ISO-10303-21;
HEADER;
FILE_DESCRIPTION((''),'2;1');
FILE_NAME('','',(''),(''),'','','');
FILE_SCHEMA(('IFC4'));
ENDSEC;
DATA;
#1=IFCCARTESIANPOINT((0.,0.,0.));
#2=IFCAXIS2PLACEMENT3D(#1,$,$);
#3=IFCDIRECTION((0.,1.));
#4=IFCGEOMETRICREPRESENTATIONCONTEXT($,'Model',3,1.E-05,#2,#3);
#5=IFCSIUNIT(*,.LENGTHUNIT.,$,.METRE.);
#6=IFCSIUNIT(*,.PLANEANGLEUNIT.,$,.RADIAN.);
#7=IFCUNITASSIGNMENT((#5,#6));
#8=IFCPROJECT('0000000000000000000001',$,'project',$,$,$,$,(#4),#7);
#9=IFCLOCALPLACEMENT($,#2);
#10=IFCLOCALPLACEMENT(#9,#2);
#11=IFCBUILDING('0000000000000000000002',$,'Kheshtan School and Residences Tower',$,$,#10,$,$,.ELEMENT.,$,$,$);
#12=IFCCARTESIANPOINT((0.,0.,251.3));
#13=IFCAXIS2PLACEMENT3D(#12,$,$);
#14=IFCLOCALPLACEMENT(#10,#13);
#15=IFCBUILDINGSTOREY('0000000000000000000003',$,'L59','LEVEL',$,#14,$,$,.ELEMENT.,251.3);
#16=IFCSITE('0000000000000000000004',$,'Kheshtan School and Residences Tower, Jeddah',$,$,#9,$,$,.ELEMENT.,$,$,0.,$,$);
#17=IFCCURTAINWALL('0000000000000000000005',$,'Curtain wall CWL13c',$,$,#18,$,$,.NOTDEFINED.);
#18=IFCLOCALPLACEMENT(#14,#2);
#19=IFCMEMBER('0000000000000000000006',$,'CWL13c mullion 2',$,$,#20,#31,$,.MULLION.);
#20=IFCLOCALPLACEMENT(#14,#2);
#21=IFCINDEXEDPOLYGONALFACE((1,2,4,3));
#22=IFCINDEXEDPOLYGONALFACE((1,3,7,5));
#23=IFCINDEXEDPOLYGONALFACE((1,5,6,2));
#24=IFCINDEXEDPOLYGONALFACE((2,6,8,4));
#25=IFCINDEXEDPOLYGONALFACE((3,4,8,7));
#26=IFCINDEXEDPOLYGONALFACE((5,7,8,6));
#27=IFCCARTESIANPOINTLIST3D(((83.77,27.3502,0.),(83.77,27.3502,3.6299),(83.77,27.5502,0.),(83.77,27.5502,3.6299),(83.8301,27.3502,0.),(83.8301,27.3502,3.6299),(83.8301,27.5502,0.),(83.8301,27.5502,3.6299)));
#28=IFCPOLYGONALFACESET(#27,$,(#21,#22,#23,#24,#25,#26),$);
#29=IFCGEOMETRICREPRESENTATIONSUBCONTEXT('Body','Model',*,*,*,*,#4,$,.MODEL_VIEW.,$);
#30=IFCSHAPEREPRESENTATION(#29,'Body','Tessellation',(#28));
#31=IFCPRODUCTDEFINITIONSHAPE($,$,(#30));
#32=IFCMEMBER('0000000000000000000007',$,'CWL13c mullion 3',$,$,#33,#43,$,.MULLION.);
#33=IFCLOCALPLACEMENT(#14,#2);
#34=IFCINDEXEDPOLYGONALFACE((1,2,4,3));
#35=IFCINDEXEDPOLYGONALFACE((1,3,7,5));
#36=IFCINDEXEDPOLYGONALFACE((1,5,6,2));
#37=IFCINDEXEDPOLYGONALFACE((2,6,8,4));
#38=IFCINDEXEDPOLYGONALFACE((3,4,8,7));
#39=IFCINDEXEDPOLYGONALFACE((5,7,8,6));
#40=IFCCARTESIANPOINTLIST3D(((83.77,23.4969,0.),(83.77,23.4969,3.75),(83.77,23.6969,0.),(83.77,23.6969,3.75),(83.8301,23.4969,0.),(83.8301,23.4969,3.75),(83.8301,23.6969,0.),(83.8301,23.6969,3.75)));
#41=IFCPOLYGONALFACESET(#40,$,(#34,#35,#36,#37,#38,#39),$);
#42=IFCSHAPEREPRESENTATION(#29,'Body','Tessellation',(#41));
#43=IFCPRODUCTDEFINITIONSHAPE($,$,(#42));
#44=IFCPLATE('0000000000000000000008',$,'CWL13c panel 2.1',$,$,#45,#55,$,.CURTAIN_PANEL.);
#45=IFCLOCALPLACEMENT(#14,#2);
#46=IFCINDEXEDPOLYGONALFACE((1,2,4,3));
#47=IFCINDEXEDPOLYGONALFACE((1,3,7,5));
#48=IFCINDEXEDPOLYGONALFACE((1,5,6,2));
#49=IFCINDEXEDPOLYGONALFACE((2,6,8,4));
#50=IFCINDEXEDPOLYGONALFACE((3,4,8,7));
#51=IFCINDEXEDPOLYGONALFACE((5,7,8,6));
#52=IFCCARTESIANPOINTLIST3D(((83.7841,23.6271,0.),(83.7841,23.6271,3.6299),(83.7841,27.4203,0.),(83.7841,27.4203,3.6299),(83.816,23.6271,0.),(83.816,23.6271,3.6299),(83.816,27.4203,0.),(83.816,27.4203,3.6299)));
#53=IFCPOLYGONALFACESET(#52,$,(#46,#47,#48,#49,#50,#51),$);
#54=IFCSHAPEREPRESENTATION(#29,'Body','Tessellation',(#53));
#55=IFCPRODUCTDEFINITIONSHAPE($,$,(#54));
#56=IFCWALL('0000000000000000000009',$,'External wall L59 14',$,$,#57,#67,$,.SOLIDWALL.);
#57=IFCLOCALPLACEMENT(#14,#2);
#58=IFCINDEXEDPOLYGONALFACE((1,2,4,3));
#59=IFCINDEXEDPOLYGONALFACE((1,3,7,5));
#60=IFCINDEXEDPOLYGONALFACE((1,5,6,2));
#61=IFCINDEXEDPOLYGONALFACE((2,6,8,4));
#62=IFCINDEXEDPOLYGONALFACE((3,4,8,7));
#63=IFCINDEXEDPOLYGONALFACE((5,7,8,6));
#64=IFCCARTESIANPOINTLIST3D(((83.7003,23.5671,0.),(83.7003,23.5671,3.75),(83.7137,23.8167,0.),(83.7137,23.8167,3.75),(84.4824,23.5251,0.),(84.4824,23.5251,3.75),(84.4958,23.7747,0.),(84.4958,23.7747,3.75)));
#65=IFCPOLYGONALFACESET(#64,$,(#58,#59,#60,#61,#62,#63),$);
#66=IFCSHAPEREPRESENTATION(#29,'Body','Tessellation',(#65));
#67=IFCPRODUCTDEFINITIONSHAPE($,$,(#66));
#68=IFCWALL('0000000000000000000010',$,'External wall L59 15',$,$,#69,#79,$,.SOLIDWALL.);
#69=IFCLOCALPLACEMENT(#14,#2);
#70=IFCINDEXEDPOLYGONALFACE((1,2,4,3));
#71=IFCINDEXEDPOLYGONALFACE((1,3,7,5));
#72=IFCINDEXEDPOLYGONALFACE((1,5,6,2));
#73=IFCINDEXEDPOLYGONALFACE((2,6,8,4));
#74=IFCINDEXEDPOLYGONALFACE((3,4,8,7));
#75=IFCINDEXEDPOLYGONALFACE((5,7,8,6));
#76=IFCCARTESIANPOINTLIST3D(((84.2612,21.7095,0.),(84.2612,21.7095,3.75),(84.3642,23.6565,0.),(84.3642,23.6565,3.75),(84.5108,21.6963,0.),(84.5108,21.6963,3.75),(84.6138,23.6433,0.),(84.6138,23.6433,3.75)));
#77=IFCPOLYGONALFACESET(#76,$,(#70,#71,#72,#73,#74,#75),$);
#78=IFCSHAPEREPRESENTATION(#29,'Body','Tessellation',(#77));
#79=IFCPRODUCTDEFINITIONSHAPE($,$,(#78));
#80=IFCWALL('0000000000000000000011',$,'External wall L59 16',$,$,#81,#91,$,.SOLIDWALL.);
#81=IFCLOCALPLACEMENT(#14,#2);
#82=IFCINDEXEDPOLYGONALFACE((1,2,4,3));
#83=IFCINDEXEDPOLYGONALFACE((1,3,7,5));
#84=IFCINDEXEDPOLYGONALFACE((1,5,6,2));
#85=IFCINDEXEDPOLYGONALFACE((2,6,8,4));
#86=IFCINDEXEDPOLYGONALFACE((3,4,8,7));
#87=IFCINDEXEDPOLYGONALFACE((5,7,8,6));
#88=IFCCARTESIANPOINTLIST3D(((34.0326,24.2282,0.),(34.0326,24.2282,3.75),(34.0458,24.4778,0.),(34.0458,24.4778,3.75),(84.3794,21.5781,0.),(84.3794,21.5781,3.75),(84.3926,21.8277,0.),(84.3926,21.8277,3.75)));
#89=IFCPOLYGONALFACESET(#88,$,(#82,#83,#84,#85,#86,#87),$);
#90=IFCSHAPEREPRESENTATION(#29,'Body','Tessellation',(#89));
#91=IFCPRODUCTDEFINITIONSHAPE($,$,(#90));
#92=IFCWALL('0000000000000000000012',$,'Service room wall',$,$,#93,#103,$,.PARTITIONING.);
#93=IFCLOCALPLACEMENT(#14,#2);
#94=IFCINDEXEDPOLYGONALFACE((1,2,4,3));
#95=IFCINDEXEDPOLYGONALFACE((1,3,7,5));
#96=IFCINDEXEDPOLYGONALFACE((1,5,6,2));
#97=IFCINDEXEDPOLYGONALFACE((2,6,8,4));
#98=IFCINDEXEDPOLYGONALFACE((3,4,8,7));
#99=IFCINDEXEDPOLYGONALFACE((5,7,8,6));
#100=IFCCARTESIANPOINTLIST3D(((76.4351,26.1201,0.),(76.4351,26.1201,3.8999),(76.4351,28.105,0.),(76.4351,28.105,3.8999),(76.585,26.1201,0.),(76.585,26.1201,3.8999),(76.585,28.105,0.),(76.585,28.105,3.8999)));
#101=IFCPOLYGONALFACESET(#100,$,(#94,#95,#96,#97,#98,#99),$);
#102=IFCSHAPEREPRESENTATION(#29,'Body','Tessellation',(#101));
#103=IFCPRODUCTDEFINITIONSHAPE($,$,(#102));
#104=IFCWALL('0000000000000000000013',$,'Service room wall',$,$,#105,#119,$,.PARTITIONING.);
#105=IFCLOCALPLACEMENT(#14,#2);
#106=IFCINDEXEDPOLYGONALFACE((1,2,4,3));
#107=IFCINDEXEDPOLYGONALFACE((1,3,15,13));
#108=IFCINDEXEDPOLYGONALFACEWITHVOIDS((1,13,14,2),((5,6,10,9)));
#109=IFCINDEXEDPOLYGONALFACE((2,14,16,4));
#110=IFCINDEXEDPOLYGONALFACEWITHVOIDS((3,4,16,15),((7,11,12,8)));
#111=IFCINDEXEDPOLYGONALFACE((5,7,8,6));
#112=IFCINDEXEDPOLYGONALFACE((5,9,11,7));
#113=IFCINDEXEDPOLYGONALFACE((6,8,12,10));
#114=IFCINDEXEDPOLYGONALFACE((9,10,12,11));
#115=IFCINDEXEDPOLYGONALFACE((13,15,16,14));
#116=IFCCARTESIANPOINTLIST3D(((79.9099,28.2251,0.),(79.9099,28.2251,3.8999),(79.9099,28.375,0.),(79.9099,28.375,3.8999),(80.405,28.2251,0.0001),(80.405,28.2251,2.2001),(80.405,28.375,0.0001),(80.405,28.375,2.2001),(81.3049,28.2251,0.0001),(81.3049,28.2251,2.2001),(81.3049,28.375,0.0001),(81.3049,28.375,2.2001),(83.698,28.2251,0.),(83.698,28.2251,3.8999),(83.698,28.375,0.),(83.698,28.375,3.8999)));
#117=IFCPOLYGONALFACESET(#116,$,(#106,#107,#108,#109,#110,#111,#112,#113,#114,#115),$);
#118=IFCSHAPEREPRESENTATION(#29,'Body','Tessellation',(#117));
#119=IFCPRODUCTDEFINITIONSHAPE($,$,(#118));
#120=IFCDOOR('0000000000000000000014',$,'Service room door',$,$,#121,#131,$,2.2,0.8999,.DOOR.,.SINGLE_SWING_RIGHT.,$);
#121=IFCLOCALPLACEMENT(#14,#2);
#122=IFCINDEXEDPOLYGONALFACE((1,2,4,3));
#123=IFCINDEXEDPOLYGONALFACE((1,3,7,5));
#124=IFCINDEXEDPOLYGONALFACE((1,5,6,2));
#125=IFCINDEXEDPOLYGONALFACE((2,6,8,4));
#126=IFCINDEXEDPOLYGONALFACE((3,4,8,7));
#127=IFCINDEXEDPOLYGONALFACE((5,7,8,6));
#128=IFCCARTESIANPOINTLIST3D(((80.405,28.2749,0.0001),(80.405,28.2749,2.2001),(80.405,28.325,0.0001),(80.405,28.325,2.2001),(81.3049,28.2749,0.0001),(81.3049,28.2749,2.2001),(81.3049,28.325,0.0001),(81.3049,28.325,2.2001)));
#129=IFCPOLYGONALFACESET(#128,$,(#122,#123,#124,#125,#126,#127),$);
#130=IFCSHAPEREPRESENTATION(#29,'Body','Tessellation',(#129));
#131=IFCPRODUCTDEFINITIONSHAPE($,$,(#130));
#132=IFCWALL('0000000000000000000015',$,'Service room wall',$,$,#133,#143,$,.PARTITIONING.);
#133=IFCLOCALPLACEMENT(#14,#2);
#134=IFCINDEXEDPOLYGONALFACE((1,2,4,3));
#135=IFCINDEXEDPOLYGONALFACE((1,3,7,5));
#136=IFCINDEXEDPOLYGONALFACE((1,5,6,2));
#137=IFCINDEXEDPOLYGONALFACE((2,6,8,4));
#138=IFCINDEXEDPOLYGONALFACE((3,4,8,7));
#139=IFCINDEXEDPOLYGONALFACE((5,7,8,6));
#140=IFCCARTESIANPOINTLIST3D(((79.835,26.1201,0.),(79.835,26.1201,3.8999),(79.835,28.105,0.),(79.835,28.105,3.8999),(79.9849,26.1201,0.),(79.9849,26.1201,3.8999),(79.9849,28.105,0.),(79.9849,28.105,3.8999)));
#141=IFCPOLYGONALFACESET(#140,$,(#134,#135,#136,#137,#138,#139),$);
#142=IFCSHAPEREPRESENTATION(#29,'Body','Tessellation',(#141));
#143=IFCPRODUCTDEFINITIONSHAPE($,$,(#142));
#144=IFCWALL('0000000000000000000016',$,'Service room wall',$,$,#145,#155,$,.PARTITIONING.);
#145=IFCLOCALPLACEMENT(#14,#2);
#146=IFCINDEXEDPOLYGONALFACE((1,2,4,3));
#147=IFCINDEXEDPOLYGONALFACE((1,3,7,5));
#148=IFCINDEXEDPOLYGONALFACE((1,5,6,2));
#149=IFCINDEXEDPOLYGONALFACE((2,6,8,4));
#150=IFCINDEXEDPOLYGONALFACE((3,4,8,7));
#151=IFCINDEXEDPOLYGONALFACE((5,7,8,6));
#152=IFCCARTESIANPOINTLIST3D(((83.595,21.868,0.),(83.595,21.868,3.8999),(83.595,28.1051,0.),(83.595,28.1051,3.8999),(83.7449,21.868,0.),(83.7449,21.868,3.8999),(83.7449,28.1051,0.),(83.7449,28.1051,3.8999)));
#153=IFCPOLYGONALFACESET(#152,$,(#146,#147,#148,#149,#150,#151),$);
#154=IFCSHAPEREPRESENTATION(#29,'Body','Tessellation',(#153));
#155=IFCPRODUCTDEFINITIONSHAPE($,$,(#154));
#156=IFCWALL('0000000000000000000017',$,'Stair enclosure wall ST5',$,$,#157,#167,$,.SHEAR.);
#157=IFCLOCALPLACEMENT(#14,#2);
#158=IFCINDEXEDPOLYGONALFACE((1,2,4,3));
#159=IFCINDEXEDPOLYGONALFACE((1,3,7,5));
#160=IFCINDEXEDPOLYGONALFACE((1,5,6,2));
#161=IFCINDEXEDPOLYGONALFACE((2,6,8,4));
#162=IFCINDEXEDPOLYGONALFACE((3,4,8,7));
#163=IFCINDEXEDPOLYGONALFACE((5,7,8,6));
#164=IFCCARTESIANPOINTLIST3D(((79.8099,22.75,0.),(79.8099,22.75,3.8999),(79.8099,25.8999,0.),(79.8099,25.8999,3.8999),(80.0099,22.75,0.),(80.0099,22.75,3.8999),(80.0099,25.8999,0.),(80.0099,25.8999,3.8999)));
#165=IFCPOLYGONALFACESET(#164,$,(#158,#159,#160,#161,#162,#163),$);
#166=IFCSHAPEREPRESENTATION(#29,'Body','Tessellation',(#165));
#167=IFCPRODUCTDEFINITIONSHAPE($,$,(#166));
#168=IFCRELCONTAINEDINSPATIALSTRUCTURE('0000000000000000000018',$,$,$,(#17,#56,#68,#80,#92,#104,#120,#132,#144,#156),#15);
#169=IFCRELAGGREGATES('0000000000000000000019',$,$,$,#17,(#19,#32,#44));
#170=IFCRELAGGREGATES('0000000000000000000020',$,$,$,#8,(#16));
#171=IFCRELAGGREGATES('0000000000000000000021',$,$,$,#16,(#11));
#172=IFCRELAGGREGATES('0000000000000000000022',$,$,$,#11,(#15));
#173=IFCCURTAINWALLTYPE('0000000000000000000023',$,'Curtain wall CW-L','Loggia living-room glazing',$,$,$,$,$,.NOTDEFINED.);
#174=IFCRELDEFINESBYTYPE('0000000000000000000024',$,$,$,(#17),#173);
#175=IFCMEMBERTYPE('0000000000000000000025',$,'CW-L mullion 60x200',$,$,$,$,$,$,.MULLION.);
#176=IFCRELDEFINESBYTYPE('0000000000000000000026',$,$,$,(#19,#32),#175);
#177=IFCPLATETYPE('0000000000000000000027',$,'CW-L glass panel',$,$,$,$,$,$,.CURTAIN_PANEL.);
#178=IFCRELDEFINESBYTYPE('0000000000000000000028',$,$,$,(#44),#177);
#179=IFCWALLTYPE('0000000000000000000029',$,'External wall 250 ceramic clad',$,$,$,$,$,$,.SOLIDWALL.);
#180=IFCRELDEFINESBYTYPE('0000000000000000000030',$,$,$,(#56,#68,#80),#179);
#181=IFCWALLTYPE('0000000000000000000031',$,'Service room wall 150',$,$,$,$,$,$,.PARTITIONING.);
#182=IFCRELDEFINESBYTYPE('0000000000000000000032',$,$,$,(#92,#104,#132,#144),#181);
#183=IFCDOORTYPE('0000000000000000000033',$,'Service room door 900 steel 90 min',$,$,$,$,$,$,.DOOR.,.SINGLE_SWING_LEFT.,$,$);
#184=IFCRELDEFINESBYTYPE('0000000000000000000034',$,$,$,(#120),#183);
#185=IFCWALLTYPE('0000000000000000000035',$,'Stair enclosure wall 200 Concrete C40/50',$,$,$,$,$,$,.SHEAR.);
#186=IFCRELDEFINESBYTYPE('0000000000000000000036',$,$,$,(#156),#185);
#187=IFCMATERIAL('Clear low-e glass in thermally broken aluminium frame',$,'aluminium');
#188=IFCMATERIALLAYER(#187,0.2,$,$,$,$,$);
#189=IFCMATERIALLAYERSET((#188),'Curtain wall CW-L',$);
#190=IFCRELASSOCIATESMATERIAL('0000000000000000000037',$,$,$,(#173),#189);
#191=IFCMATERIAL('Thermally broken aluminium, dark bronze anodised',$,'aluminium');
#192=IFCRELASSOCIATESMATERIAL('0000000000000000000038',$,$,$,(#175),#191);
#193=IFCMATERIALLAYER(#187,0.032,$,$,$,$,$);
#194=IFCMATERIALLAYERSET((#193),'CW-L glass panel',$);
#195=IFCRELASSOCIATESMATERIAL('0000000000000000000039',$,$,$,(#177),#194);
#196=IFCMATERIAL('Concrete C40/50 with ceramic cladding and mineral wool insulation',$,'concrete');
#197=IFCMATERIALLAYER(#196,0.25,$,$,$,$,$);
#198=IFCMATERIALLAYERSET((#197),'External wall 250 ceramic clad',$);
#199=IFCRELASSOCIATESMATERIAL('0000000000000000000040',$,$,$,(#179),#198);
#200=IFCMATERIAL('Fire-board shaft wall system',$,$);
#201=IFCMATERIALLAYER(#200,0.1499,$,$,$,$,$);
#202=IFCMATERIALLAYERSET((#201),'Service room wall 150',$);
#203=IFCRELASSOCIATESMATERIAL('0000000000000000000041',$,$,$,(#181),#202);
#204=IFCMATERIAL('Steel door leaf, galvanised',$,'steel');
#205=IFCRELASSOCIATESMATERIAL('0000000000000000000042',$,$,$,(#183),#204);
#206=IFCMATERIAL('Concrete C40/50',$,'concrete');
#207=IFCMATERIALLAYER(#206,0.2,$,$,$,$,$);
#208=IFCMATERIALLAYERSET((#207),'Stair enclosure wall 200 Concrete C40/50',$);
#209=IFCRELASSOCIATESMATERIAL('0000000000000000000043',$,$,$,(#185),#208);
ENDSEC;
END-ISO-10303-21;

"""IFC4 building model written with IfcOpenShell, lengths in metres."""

from ifc_helpers import new_model, si_unit, direction, frame, frame_2d, origin, origin_2d, place, context, subcontext, project, spatial, rectangle, extrude, source, transform, mapped, material, layer, layer_set, material_profile, profile_set, type_object, element, fill, aggregate, save


model = new_model("IFC4")

# Units and contexts
model_context = context("Model", 3, precision=1e-05, world=origin(), true_north=direction((0.0, 1.0)))
body_context = subcontext(model_context, "Body", "Model", "MODEL_VIEW")
ifc_project = project(units=[si_unit("LENGTHUNIT", "METRE"), si_unit("PLANEANGLEUNIT", "RADIAN")], contexts=[model_context])

# Site, building, storey
site_placement = place(None, origin())
site = spatial("IfcSite", under=ifc_project, at=site_placement, Name="Kheshtan School and Residences Tower, Jeddah", CompositionType="ELEMENT", RefElevation=0.0)
building_placement = place(site_placement, origin())
building = spatial("IfcBuilding", under=site, at=building_placement, Name="Kheshtan School and Residences Tower", CompositionType="ELEMENT")
storey_placement = place(building_placement, frame((0.0, 0.0, 251.3)))
storey = spatial("IfcBuildingStorey", under=building, at=storey_placement, Name="L59", Description="LEVEL", CompositionType="ELEMENT", Elevation=251.3)

# Curtain wall, members, plate
ifc_material_1 = material(Name="Clear low-e glass in thermally broken aluminium frame", Category="aluminium")
ifc_layer_1 = layer(ifc_material_1, 0.2)
ifc_layer_set_1 = layer_set([ifc_layer_1], Name="Curtain wall CW-L")
curtain_wall_type = type_object("IfcCurtainWallType", Name="Curtain wall CW-L", Description="Loggia living-room glazing", PredefinedType="NOTDEFINED", material=ifc_layer_set_1)
curtain_wall_placement = place(storey_placement, origin())
curtain_wall = element("IfcCurtainWall", 1, at=curtain_wall_placement, inside=storey, type_object=curtain_wall_type, Name="Curtain wall CWL13c", PredefinedType="NOTDEFINED")
ifc_material_2 = material(Name="Thermally broken aluminium, dark bronze anodised", Category="aluminium")
ifc_material_profile_1 = material_profile(ifc_material_2, rectangle(XDim=0.0601, YDim=0.2, at=origin_2d()), Name="CW-L mullion 60x200")
ifc_profile_set_1 = profile_set([ifc_material_profile_1], Name="Thermally broken aluminium, dark bronze anodised")
member_type = type_object("IfcMemberType", Name="CW-L mullion 60x200", PredefinedType="MULLION", material=ifc_profile_set_1)
member_1_placement = place(storey_placement, frame((83.8, 27.4502, 0.0), z_axis=(0.0, 0.0, 1.0), x_axis=(1.0, 0.0, 0.0)))
member_1 = element("IfcMember", 2, at=member_1_placement, type_object=member_type, Name="CWL13c mullion 2", PredefinedType="MULLION", context=body_context, shape_type="SweptSolid", body=[
    extrude(rectangle(XDim=0.0601, YDim=0.2, at=origin_2d()), origin(), (0.0, 0.0, 1.0), 3.6299),
])
member_2_placement = place(storey_placement, frame((83.8, 23.5969, 0.0), z_axis=(0.0, 0.0, 1.0), x_axis=(1.0, 0.0, 0.0)))
member_2 = element("IfcMember", 3, at=member_2_placement, type_object=member_type, Name="CWL13c mullion 3", PredefinedType="MULLION", context=body_context, shape_type="SweptSolid", body=[
    extrude(rectangle(XDim=0.0601, YDim=0.2, at=origin_2d()), origin(), (0.0, 0.0, 1.0), 3.75),
])
ifc_layer_2 = layer(ifc_material_1, 0.032)
ifc_layer_set_2 = layer_set([ifc_layer_2], Name="CW-L glass panel")
plate_type = type_object("IfcPlateType", Name="CW-L glass panel", PredefinedType="CURTAIN_PANEL", material=ifc_layer_set_2)
plate_placement = place(storey_placement, frame((83.8, 25.5237, 0.0), z_axis=(0.0, 0.0, 1.0), x_axis=(0.0, -1.0, 0.0)))
plate = element("IfcPlate", 4, at=plate_placement, type_object=plate_type, Name="CWL13c panel 2.1", PredefinedType="CURTAIN_PANEL", context=body_context, shape_type="SweptSolid", body=[
    extrude(rectangle(XDim=3.7932, YDim=0.032, at=origin_2d()), origin(), (0.0, 0.0, 1.0), 3.6299),
])
aggregate(curtain_wall, [member_1, member_2, plate])

# Walls
ifc_material_3 = material(Name="Concrete C40/50 with ceramic cladding and mineral wool insulation", Category="concrete")
ifc_layer_3 = layer(ifc_material_3, 0.25)
ifc_layer_set_3 = layer_set([ifc_layer_3], Name="External wall 250 ceramic clad")
wall_type_1 = type_object("IfcWallType", Name="External wall 250 ceramic clad", PredefinedType="SOLIDWALL", material=ifc_layer_set_3)
wall_1_placement = place(storey_placement, frame((83.707, 23.6919, 0.0), z_axis=(0.0, 0.0, 1.0), x_axis=(0.998561, -0.053622, 0.0)))
element("IfcWall", 5, at=wall_1_placement, inside=storey, type_object=wall_type_1, Name="External wall L59 14", PredefinedType="SOLIDWALL", context=body_context, shape_type="SweptSolid", body=[
    extrude(rectangle(XDim=0.7832, YDim=0.25, at=frame_2d((0.3916, 0.0))), origin(), (0.0, 0.0, 1.0), 3.75),
])
wall_2_placement = place(storey_placement, frame((84.489, 23.6499, 0.0), z_axis=(0.0, 0.0, 1.0), x_axis=(-0.052841, -0.998603, 0.0)))
element("IfcWall", 6, at=wall_2_placement, inside=storey, type_object=wall_type_1, Name="External wall L59 15", PredefinedType="SOLIDWALL", context=body_context, shape_type="SweptSolid", body=[
    extrude(rectangle(XDim=1.9497, YDim=0.25, at=frame_2d((0.9749, 0.0))), origin(), (0.0, 0.0, 1.0), 3.75),
])
wall_3_placement = place(storey_placement, frame((84.386, 21.7029, 0.0), z_axis=(0.0, 0.0, 1.0), x_axis=(-0.998618, 0.052565, 0.0)))
element("IfcWall", 7, at=wall_3_placement, inside=storey, type_object=wall_type_1, Name="External wall L59 16", PredefinedType="SOLIDWALL", context=body_context, shape_type="SweptSolid", body=[
    extrude(rectangle(XDim=50.4165, YDim=0.25, at=frame_2d((25.2083, 0.0))), origin(), (0.0, 0.0, 1.0), 3.75),
])
ifc_material_4 = material(Name="Fire-board shaft wall system")
ifc_layer_4 = layer(ifc_material_4, 0.1499)
ifc_layer_set_4 = layer_set([ifc_layer_4], Name="Service room wall 150")
wall_type_2 = type_object("IfcWallType", Name="Service room wall 150", PredefinedType="PARTITIONING", material=ifc_layer_set_4)
wall_4_placement = place(storey_placement, frame((76.51, 26.1201, 0.0), z_axis=(0.0, 0.0, 1.0), x_axis=(0.0, 1.0, 0.0)))
element("IfcWall", 8, at=wall_4_placement, inside=storey, type_object=wall_type_2, Name="Service room wall", PredefinedType="PARTITIONING", context=body_context, shape_type="SweptSolid", body=[
    extrude(rectangle(XDim=1.9849, YDim=0.1499, at=frame_2d((0.9924, 0.0))), origin(), (0.0, 0.0, 1.0), 3.8999),
])

# Wall, opening, door
wall_5_placement = place(storey_placement, frame((79.9099, 28.3, 0.0), z_axis=(0.0, 0.0, 1.0), x_axis=(1.0, 0.0, 0.0)))
wall_5 = element("IfcWall", 9, at=wall_5_placement, inside=storey, type_object=wall_type_2, Name="Service room wall", PredefinedType="PARTITIONING", context=body_context, shape_type="SweptSolid", body=[
    extrude(rectangle(XDim=3.7881, YDim=0.1499, at=frame_2d((1.894, 0.0))), origin(), (0.0, 0.0, 1.0), 3.8999),
])
opening_placement = place(wall_5_placement, frame((0.4951, 0.0, 0.0)))
opening = element("IfcOpeningElement", 10, at=opening_placement, cuts=wall_5, PredefinedType="OPENING", context=body_context, shape_type="SweptSolid", body=[
    extrude(rectangle(XDim=0.8999, YDim=2.2, at=frame_2d((0.45, 1.1001))), frame((0.0, 0.085, 0.0), z_axis=(0.0, -1.0, 0.0), x_axis=(1.0, 0.0, 0.0)), (0.0, 0.0, 1.0), 0.1699),
])
ifc_material_5 = material(Name="Steel door leaf, galvanised", Category="steel")
door_type = type_object("IfcDoorType", Name="Service room door 900 steel 90 min", OperationType="SINGLE_SWING_LEFT", PredefinedType="DOOR", material=ifc_material_5)
shared_shape = source(origin(), body_context, "Body", "SweptSolid", [
    extrude(rectangle(XDim=0.8999, YDim=2.2, at=frame_2d((0.45, 1.1001))), frame((0.0, 0.0249, 0.0), z_axis=(0.0, -1.0, 0.0), x_axis=(1.0, 0.0, 0.0)), (0.0, 0.0, 1.0), 0.05),
])
door_placement = place(opening_placement, origin())
door = element("IfcDoor", 11, at=door_placement, inside=storey, type_object=door_type, Name="Service room door", OperationType="SINGLE_SWING_RIGHT", OverallHeight=2.2, OverallWidth=0.8999, PredefinedType="DOOR", context=body_context, shape_type="MappedRepresentation", body=[
    mapped(shared_shape, transform((0.0, 0.0, 0.0), x_axis=(1.0, 0.0, 0.0), y_axis=(0.0, 1.0, 0.0), z_axis=(0.0, 0.0, 1.0), scale=1.0)),
])
fill(opening, door)

# Walls
wall_6_placement = place(storey_placement, frame((79.9099, 26.1201, 0.0), z_axis=(0.0, 0.0, 1.0), x_axis=(0.0, 1.0, 0.0)))
element("IfcWall", 12, at=wall_6_placement, inside=storey, type_object=wall_type_2, Name="Service room wall", PredefinedType="PARTITIONING", context=body_context, shape_type="SweptSolid", body=[
    extrude(rectangle(XDim=1.9849, YDim=0.1499, at=frame_2d((0.9924, 0.0))), origin(), (0.0, 0.0, 1.0), 3.8999),
])
wall_7_placement = place(storey_placement, frame((83.6699, 21.8679, 0.0), z_axis=(0.0, 0.0, 1.0), x_axis=(0.0, 1.0, 0.0)))
element("IfcWall", 13, at=wall_7_placement, inside=storey, type_object=wall_type_2, Name="Service room wall", PredefinedType="PARTITIONING", context=body_context, shape_type="SweptSolid", body=[
    extrude(rectangle(XDim=6.2371, YDim=0.1499, at=frame_2d((3.1187, 0.0))), origin(), (0.0, 0.0, 1.0), 3.8999),
])
ifc_material_6 = material(Name="Concrete C40/50", Category="concrete")
ifc_layer_5 = layer(ifc_material_6, 0.2)
ifc_layer_set_5 = layer_set([ifc_layer_5], Name="Stair enclosure wall 200 Concrete C40/50")
wall_type_3 = type_object("IfcWallType", Name="Stair enclosure wall 200 Concrete C40/50", PredefinedType="SHEAR", material=ifc_layer_set_5)
wall_8_placement = place(storey_placement, frame((79.9099, 22.75, 0.0), z_axis=(0.0, 0.0, 1.0), x_axis=(0.0, 1.0, 0.0)))
element("IfcWall", 14, at=wall_8_placement, inside=storey, type_object=wall_type_3, Name="Stair enclosure wall ST5", PredefinedType="SHEAR", context=body_context, shape_type="SweptSolid", body=[
    extrude(rectangle(XDim=3.1499, YDim=0.2, at=frame_2d((1.575, 0.0))), origin(), (0.0, 0.0, 1.0), 3.8999),
])

save(model, "model.ifc")
